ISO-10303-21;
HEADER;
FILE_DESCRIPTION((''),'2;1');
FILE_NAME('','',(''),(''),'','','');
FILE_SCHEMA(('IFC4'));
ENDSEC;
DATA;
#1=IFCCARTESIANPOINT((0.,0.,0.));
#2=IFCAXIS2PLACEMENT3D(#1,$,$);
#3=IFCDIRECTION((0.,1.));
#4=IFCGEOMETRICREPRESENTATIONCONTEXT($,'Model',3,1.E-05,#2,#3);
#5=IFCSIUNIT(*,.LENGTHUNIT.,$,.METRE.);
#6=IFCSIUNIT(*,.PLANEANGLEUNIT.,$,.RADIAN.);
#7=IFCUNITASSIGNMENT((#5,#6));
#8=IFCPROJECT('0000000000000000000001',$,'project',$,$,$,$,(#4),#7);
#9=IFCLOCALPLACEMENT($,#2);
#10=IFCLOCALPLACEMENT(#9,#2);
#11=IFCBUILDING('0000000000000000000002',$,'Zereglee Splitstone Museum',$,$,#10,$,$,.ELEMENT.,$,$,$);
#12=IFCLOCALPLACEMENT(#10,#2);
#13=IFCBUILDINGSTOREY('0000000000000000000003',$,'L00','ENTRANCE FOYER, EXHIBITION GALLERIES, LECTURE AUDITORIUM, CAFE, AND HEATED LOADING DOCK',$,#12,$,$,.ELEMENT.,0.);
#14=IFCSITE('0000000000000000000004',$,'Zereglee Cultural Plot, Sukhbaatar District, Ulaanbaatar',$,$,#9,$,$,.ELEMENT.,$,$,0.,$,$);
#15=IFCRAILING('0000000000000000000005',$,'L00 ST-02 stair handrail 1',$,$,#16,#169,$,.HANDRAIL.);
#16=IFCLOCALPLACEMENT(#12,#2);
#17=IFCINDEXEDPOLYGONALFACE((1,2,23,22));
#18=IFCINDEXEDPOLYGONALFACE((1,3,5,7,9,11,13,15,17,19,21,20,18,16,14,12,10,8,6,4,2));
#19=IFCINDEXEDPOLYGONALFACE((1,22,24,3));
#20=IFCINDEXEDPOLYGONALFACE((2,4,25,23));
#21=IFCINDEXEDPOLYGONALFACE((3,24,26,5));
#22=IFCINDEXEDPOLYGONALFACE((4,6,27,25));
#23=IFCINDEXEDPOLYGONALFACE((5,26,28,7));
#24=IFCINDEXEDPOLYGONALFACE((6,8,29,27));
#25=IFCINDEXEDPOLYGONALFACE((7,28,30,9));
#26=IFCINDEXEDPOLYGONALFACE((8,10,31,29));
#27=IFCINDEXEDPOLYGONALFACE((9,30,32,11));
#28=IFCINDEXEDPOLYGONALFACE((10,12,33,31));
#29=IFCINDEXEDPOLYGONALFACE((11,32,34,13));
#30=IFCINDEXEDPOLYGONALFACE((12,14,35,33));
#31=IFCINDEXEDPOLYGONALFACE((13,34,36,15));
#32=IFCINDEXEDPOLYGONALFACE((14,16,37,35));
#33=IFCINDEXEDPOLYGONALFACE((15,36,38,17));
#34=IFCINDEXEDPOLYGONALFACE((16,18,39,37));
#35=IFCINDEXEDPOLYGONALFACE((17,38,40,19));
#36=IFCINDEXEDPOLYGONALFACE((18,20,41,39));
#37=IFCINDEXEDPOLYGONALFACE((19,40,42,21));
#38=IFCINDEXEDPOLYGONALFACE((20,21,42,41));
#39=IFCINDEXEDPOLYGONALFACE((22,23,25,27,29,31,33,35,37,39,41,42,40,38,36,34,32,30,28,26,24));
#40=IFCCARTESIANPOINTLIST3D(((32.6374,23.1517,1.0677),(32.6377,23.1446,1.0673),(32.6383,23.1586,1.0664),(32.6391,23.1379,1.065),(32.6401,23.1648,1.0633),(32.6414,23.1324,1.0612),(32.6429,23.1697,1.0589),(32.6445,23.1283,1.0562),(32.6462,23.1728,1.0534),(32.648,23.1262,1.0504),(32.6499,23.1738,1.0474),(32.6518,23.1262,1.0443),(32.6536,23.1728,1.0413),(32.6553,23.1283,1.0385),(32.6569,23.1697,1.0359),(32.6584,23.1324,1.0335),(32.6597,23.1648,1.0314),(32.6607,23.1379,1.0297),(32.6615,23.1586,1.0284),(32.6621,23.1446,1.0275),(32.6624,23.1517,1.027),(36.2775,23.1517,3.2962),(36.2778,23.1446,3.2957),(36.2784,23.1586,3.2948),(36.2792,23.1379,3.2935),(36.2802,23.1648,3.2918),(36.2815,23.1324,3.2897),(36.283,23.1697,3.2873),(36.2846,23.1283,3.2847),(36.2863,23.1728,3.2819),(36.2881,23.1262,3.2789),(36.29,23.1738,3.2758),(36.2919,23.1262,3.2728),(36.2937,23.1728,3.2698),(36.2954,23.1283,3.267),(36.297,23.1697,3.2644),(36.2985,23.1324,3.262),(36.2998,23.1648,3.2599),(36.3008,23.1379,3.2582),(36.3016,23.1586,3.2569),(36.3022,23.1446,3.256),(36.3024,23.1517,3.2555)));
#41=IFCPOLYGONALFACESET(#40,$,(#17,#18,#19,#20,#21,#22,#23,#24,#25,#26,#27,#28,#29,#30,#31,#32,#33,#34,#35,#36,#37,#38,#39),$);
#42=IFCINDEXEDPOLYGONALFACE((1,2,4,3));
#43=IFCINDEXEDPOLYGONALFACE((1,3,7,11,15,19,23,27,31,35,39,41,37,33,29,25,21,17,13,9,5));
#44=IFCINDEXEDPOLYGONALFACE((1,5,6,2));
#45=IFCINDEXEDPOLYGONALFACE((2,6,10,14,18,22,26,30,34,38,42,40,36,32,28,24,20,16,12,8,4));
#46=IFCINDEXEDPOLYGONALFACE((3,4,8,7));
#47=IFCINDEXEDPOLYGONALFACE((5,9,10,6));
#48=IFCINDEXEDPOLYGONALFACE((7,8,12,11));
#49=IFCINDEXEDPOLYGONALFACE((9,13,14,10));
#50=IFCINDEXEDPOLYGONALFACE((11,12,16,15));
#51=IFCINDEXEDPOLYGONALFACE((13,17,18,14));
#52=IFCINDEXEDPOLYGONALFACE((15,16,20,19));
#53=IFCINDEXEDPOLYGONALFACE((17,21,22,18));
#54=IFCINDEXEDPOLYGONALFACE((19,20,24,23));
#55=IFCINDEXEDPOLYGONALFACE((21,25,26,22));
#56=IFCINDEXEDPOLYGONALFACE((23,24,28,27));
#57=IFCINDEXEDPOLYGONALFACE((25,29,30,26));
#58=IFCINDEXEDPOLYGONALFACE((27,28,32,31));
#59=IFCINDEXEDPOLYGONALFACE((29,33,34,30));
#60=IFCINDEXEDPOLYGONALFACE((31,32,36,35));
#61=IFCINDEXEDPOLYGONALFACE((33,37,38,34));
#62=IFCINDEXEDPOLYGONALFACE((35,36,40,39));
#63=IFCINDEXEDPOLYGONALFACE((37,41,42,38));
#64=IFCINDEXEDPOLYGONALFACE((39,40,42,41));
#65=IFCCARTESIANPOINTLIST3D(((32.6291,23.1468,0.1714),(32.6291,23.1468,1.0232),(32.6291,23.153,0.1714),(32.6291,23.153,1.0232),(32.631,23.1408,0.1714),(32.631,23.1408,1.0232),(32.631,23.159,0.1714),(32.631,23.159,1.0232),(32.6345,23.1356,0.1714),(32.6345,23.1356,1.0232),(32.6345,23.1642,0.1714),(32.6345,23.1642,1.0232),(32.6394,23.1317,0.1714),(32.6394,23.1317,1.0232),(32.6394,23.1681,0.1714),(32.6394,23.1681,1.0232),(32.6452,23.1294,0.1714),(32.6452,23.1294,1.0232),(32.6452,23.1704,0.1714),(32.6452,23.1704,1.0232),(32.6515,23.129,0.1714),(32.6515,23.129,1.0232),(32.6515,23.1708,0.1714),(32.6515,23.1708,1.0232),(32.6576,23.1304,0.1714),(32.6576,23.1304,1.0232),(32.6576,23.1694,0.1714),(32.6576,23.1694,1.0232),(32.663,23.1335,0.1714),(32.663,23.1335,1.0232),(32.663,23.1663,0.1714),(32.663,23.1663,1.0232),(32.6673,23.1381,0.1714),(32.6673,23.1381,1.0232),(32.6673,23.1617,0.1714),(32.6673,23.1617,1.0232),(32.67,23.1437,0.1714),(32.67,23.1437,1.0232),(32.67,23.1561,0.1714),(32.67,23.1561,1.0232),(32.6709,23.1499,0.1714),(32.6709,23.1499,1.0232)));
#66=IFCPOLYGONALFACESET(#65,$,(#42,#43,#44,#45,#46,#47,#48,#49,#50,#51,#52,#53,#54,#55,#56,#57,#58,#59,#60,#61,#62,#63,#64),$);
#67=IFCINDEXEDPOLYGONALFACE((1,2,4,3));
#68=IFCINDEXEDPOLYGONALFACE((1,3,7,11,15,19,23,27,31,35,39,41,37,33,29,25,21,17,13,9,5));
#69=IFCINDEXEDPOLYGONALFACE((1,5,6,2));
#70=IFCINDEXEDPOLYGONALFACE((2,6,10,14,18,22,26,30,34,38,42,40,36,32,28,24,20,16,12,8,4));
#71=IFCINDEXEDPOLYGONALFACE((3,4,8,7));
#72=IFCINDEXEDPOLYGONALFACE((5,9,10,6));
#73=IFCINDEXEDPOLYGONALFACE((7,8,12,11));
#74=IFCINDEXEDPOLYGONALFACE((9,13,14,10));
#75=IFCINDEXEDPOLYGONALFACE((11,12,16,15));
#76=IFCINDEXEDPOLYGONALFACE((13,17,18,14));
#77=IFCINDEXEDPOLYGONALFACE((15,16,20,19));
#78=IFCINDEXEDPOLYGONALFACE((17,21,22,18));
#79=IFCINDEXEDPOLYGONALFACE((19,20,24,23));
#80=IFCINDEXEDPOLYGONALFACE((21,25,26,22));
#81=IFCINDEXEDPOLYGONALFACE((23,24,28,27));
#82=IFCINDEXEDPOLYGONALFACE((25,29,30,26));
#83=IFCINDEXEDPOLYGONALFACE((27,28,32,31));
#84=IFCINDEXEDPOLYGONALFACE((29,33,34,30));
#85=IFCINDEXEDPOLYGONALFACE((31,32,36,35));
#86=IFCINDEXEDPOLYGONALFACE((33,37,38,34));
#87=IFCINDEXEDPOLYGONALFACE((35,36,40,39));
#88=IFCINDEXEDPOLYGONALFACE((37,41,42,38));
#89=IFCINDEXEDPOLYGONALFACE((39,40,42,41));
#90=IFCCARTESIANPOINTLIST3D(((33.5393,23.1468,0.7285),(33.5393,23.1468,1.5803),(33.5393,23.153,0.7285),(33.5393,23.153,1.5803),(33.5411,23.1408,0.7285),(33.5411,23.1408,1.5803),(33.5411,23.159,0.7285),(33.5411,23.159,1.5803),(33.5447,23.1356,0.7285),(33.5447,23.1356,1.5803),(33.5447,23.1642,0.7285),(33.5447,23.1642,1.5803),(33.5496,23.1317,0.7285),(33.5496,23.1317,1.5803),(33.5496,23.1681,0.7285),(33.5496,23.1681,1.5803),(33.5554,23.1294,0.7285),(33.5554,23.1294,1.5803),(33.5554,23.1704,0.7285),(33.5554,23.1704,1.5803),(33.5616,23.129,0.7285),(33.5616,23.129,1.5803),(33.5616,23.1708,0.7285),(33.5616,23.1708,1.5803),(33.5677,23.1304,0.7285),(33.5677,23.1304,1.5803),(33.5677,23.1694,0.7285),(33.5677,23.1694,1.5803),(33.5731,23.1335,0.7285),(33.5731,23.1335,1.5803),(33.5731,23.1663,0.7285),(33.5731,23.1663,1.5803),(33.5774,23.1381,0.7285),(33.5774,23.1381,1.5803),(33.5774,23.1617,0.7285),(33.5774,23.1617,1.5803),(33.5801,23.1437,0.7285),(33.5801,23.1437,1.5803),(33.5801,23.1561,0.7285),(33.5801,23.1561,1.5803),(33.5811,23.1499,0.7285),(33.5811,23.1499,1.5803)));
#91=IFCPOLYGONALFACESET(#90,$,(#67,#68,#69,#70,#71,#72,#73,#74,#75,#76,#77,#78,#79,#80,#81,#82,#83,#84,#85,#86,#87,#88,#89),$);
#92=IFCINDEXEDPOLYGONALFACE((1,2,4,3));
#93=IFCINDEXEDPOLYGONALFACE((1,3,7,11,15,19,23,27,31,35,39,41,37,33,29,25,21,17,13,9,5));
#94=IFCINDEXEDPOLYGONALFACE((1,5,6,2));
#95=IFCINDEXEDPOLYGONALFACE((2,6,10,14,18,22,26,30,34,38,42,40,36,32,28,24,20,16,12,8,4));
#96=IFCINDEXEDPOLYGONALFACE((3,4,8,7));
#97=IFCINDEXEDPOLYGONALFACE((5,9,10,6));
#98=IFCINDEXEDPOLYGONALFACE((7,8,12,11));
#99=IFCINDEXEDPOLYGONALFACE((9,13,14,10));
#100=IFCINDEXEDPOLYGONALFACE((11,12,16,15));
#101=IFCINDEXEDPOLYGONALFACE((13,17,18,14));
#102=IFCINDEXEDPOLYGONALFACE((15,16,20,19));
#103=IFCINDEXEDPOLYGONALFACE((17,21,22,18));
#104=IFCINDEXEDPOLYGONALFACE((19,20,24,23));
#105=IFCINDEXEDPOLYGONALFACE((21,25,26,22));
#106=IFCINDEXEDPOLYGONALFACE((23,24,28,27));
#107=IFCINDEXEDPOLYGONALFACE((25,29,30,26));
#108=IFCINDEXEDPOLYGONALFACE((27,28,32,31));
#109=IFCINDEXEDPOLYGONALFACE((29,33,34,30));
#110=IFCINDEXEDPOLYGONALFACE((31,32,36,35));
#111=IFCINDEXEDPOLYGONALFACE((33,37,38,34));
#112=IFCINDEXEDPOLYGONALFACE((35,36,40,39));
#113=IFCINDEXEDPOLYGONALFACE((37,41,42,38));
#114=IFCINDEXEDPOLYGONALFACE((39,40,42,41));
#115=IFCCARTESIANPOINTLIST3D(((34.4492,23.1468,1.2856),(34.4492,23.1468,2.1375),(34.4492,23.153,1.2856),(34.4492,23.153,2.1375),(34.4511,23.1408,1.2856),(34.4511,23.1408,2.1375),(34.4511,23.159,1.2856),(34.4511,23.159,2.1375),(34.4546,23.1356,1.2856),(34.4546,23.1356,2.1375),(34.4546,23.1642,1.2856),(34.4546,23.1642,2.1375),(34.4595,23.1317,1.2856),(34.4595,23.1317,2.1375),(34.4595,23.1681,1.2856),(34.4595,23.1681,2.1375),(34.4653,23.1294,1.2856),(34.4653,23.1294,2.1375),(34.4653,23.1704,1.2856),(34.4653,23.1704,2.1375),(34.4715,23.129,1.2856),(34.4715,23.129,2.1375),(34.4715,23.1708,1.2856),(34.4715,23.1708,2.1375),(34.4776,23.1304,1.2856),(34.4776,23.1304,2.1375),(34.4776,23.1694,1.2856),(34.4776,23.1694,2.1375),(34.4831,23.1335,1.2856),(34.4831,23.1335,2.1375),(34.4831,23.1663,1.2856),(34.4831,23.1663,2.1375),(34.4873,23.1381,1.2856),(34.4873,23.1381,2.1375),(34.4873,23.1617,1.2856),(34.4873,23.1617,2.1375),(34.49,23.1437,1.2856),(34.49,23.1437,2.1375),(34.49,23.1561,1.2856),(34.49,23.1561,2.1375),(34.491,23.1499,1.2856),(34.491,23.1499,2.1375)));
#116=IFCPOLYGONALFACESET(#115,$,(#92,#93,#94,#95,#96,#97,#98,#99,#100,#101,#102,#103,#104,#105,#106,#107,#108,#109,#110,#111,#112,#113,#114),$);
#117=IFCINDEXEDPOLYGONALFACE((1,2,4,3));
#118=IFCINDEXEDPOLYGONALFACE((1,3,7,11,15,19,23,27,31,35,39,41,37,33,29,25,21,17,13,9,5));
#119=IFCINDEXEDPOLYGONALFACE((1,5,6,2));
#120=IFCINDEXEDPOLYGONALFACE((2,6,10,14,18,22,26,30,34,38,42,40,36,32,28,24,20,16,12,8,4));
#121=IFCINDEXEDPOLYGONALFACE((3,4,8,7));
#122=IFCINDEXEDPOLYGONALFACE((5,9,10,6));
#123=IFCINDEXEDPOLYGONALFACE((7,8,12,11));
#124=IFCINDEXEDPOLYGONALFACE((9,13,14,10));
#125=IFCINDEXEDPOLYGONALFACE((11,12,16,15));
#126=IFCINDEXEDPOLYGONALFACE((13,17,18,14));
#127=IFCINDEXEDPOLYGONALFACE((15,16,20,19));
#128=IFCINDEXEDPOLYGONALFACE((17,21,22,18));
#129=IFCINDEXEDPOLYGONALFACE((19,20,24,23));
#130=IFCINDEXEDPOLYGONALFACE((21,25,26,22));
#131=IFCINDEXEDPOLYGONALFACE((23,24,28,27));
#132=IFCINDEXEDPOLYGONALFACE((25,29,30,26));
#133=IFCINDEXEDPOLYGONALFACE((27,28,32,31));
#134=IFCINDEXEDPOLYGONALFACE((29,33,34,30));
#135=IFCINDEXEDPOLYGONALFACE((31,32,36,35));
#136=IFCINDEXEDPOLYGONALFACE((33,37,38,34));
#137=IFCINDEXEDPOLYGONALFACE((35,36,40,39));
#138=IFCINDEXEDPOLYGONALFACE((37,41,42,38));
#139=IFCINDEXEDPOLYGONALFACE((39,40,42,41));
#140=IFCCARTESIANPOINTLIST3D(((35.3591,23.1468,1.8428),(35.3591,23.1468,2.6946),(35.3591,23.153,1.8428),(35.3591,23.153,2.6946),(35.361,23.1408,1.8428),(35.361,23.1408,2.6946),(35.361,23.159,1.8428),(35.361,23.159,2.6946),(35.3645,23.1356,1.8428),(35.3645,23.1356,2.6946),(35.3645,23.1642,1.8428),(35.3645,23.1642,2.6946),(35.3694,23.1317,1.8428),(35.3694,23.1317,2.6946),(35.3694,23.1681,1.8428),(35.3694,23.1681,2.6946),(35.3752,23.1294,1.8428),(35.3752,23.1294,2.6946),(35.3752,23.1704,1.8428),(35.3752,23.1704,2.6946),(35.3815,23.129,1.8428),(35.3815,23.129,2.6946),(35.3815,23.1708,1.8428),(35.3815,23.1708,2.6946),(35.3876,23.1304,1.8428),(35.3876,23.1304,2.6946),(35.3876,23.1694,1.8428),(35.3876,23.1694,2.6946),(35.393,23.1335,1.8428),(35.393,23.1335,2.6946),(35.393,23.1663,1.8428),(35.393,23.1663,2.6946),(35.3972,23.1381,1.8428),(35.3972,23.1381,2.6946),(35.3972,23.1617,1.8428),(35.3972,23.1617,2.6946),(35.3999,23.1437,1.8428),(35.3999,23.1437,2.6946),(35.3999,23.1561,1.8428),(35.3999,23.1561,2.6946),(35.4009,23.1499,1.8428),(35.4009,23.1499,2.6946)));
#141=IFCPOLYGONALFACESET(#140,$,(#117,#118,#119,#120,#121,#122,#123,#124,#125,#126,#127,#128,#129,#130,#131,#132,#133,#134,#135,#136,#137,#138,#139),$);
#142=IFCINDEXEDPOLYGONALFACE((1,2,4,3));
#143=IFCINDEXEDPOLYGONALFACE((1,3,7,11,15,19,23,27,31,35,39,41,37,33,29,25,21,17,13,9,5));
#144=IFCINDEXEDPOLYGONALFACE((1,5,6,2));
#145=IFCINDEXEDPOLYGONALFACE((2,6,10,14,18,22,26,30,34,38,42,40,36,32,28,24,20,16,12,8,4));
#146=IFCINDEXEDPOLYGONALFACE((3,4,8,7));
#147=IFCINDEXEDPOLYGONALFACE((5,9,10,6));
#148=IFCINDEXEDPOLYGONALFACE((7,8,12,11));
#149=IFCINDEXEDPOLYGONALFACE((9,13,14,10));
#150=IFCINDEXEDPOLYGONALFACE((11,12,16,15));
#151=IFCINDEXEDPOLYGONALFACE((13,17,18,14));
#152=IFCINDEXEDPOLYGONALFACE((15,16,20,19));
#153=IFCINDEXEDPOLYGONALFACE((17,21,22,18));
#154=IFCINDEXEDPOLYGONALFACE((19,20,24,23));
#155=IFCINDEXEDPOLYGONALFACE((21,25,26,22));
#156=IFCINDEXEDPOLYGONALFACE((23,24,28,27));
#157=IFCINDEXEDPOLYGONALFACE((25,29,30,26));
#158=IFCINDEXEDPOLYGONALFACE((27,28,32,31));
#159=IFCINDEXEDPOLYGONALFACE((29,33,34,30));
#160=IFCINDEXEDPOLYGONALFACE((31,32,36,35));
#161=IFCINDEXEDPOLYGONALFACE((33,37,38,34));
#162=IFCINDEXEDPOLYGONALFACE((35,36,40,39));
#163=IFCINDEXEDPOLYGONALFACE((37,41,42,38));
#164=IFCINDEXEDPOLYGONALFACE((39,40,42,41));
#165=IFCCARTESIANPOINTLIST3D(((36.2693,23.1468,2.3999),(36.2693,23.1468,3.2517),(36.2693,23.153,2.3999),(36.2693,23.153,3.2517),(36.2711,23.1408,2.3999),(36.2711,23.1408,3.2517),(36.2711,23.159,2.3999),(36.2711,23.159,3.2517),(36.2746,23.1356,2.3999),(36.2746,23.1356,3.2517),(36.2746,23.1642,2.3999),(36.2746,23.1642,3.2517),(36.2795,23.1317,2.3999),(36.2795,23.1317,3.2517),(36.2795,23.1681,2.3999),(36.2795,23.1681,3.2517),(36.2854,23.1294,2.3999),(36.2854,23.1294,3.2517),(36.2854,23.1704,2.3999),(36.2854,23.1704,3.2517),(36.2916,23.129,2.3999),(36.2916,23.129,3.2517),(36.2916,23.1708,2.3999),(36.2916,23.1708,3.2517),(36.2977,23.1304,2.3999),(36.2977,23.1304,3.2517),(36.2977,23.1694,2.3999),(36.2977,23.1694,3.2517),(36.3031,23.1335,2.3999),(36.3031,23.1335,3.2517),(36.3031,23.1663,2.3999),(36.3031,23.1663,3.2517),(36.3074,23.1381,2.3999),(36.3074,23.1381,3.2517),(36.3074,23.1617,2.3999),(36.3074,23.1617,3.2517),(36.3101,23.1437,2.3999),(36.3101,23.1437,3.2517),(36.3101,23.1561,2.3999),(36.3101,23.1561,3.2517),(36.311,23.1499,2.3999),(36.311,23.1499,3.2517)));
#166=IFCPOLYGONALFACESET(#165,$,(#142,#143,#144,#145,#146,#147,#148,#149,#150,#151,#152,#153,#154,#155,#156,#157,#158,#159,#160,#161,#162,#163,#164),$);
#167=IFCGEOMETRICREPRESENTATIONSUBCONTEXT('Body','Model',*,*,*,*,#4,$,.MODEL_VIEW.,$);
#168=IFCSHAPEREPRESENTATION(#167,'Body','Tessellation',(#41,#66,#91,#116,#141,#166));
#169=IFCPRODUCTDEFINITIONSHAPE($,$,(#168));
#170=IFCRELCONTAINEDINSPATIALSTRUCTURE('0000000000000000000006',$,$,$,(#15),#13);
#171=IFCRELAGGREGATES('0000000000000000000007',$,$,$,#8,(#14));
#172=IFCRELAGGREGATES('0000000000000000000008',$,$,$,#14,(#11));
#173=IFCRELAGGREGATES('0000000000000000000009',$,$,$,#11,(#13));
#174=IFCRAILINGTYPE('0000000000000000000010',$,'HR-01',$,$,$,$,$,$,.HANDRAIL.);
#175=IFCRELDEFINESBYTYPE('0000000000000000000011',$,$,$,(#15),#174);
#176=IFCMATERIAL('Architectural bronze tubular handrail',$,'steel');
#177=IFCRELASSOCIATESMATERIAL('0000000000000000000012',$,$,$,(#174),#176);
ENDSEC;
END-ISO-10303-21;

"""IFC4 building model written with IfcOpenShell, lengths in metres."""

from ifc_helpers import new_model, si_unit, direction, frame, origin, origin_2d, place, context, subcontext, project, spatial, circle, extrude, material, type_object, element, save


model = new_model("IFC4")

# Units and contexts
model_context = context("Model", 3, precision=1e-05, world=origin(), true_north=direction((0.0, 1.0)))
body_context = subcontext(model_context, "Body", "Model", "MODEL_VIEW")
ifc_project = project(units=[si_unit("LENGTHUNIT", "METRE"), si_unit("PLANEANGLEUNIT", "RADIAN")], contexts=[model_context])

# Site, building, storey
site_placement = place(None, origin())
site = spatial("IfcSite", under=ifc_project, at=site_placement, Name="Zereglee Cultural Plot, Sukhbaatar District, Ulaanbaatar", CompositionType="ELEMENT", RefElevation=0.0)
building_placement = place(site_placement, origin())
building = spatial("IfcBuilding", under=site, at=building_placement, Name="Zereglee Splitstone Museum", CompositionType="ELEMENT")
storey_placement = place(building_placement, origin())
storey = spatial("IfcBuildingStorey", under=building, at=storey_placement, Name="L00", Description="ENTRANCE FOYER, EXHIBITION GALLERIES, LECTURE AUDITORIUM, CAFE, AND HEATED LOADING DOCK", CompositionType="ELEMENT", Elevation=0.0)

# Railing
ifc_material_1 = material(Name="Architectural bronze tubular handrail", Category="steel")
railing_type_1 = type_object("IfcRailingType", Name="HR-01", PredefinedType="HANDRAIL", material=ifc_material_1)
railing_1_placement = place(storey_placement, frame((32.6499, 23.1499, 0.1714)))
element("IfcRailing", 1, at=railing_1_placement, inside=storey, type_object=railing_type_1, Name="L00 ST-02 stair handrail 1", PredefinedType="HANDRAIL", context=body_context, shape_type="SweptSolid", body=[
    extrude(circle(Radius=0.0239, at=origin_2d()), frame((0.0, 0.0, 0.876), z_axis=(0.852866, 0.0, 0.52213), x_axis=(0.0, 1.0, 0.0)), (0.0, 0.0, 1.0), 4.2681),
    extrude(circle(Radius=0.021, at=origin_2d()), origin(), (0.0, 0.0, 1.0), 0.8518),
    extrude(circle(Radius=0.021, at=origin_2d()), frame((0.9102, 0.0, 0.5571)), (0.0, 0.0, 1.0), 0.8518),
    extrude(circle(Radius=0.021, at=origin_2d()), frame((1.8201, 0.0, 1.1143)), (0.0, 0.0, 1.0), 0.8518),
    extrude(circle(Radius=0.021, at=origin_2d()), frame((2.73, 0.0, 1.6714)), (0.0, 0.0, 1.0), 0.8518),
    extrude(circle(Radius=0.021, at=origin_2d()), frame((3.6401, 0.0, 2.2285)), (0.0, 0.0, 1.0), 0.8518),
])

save(model, "model.ifc")
